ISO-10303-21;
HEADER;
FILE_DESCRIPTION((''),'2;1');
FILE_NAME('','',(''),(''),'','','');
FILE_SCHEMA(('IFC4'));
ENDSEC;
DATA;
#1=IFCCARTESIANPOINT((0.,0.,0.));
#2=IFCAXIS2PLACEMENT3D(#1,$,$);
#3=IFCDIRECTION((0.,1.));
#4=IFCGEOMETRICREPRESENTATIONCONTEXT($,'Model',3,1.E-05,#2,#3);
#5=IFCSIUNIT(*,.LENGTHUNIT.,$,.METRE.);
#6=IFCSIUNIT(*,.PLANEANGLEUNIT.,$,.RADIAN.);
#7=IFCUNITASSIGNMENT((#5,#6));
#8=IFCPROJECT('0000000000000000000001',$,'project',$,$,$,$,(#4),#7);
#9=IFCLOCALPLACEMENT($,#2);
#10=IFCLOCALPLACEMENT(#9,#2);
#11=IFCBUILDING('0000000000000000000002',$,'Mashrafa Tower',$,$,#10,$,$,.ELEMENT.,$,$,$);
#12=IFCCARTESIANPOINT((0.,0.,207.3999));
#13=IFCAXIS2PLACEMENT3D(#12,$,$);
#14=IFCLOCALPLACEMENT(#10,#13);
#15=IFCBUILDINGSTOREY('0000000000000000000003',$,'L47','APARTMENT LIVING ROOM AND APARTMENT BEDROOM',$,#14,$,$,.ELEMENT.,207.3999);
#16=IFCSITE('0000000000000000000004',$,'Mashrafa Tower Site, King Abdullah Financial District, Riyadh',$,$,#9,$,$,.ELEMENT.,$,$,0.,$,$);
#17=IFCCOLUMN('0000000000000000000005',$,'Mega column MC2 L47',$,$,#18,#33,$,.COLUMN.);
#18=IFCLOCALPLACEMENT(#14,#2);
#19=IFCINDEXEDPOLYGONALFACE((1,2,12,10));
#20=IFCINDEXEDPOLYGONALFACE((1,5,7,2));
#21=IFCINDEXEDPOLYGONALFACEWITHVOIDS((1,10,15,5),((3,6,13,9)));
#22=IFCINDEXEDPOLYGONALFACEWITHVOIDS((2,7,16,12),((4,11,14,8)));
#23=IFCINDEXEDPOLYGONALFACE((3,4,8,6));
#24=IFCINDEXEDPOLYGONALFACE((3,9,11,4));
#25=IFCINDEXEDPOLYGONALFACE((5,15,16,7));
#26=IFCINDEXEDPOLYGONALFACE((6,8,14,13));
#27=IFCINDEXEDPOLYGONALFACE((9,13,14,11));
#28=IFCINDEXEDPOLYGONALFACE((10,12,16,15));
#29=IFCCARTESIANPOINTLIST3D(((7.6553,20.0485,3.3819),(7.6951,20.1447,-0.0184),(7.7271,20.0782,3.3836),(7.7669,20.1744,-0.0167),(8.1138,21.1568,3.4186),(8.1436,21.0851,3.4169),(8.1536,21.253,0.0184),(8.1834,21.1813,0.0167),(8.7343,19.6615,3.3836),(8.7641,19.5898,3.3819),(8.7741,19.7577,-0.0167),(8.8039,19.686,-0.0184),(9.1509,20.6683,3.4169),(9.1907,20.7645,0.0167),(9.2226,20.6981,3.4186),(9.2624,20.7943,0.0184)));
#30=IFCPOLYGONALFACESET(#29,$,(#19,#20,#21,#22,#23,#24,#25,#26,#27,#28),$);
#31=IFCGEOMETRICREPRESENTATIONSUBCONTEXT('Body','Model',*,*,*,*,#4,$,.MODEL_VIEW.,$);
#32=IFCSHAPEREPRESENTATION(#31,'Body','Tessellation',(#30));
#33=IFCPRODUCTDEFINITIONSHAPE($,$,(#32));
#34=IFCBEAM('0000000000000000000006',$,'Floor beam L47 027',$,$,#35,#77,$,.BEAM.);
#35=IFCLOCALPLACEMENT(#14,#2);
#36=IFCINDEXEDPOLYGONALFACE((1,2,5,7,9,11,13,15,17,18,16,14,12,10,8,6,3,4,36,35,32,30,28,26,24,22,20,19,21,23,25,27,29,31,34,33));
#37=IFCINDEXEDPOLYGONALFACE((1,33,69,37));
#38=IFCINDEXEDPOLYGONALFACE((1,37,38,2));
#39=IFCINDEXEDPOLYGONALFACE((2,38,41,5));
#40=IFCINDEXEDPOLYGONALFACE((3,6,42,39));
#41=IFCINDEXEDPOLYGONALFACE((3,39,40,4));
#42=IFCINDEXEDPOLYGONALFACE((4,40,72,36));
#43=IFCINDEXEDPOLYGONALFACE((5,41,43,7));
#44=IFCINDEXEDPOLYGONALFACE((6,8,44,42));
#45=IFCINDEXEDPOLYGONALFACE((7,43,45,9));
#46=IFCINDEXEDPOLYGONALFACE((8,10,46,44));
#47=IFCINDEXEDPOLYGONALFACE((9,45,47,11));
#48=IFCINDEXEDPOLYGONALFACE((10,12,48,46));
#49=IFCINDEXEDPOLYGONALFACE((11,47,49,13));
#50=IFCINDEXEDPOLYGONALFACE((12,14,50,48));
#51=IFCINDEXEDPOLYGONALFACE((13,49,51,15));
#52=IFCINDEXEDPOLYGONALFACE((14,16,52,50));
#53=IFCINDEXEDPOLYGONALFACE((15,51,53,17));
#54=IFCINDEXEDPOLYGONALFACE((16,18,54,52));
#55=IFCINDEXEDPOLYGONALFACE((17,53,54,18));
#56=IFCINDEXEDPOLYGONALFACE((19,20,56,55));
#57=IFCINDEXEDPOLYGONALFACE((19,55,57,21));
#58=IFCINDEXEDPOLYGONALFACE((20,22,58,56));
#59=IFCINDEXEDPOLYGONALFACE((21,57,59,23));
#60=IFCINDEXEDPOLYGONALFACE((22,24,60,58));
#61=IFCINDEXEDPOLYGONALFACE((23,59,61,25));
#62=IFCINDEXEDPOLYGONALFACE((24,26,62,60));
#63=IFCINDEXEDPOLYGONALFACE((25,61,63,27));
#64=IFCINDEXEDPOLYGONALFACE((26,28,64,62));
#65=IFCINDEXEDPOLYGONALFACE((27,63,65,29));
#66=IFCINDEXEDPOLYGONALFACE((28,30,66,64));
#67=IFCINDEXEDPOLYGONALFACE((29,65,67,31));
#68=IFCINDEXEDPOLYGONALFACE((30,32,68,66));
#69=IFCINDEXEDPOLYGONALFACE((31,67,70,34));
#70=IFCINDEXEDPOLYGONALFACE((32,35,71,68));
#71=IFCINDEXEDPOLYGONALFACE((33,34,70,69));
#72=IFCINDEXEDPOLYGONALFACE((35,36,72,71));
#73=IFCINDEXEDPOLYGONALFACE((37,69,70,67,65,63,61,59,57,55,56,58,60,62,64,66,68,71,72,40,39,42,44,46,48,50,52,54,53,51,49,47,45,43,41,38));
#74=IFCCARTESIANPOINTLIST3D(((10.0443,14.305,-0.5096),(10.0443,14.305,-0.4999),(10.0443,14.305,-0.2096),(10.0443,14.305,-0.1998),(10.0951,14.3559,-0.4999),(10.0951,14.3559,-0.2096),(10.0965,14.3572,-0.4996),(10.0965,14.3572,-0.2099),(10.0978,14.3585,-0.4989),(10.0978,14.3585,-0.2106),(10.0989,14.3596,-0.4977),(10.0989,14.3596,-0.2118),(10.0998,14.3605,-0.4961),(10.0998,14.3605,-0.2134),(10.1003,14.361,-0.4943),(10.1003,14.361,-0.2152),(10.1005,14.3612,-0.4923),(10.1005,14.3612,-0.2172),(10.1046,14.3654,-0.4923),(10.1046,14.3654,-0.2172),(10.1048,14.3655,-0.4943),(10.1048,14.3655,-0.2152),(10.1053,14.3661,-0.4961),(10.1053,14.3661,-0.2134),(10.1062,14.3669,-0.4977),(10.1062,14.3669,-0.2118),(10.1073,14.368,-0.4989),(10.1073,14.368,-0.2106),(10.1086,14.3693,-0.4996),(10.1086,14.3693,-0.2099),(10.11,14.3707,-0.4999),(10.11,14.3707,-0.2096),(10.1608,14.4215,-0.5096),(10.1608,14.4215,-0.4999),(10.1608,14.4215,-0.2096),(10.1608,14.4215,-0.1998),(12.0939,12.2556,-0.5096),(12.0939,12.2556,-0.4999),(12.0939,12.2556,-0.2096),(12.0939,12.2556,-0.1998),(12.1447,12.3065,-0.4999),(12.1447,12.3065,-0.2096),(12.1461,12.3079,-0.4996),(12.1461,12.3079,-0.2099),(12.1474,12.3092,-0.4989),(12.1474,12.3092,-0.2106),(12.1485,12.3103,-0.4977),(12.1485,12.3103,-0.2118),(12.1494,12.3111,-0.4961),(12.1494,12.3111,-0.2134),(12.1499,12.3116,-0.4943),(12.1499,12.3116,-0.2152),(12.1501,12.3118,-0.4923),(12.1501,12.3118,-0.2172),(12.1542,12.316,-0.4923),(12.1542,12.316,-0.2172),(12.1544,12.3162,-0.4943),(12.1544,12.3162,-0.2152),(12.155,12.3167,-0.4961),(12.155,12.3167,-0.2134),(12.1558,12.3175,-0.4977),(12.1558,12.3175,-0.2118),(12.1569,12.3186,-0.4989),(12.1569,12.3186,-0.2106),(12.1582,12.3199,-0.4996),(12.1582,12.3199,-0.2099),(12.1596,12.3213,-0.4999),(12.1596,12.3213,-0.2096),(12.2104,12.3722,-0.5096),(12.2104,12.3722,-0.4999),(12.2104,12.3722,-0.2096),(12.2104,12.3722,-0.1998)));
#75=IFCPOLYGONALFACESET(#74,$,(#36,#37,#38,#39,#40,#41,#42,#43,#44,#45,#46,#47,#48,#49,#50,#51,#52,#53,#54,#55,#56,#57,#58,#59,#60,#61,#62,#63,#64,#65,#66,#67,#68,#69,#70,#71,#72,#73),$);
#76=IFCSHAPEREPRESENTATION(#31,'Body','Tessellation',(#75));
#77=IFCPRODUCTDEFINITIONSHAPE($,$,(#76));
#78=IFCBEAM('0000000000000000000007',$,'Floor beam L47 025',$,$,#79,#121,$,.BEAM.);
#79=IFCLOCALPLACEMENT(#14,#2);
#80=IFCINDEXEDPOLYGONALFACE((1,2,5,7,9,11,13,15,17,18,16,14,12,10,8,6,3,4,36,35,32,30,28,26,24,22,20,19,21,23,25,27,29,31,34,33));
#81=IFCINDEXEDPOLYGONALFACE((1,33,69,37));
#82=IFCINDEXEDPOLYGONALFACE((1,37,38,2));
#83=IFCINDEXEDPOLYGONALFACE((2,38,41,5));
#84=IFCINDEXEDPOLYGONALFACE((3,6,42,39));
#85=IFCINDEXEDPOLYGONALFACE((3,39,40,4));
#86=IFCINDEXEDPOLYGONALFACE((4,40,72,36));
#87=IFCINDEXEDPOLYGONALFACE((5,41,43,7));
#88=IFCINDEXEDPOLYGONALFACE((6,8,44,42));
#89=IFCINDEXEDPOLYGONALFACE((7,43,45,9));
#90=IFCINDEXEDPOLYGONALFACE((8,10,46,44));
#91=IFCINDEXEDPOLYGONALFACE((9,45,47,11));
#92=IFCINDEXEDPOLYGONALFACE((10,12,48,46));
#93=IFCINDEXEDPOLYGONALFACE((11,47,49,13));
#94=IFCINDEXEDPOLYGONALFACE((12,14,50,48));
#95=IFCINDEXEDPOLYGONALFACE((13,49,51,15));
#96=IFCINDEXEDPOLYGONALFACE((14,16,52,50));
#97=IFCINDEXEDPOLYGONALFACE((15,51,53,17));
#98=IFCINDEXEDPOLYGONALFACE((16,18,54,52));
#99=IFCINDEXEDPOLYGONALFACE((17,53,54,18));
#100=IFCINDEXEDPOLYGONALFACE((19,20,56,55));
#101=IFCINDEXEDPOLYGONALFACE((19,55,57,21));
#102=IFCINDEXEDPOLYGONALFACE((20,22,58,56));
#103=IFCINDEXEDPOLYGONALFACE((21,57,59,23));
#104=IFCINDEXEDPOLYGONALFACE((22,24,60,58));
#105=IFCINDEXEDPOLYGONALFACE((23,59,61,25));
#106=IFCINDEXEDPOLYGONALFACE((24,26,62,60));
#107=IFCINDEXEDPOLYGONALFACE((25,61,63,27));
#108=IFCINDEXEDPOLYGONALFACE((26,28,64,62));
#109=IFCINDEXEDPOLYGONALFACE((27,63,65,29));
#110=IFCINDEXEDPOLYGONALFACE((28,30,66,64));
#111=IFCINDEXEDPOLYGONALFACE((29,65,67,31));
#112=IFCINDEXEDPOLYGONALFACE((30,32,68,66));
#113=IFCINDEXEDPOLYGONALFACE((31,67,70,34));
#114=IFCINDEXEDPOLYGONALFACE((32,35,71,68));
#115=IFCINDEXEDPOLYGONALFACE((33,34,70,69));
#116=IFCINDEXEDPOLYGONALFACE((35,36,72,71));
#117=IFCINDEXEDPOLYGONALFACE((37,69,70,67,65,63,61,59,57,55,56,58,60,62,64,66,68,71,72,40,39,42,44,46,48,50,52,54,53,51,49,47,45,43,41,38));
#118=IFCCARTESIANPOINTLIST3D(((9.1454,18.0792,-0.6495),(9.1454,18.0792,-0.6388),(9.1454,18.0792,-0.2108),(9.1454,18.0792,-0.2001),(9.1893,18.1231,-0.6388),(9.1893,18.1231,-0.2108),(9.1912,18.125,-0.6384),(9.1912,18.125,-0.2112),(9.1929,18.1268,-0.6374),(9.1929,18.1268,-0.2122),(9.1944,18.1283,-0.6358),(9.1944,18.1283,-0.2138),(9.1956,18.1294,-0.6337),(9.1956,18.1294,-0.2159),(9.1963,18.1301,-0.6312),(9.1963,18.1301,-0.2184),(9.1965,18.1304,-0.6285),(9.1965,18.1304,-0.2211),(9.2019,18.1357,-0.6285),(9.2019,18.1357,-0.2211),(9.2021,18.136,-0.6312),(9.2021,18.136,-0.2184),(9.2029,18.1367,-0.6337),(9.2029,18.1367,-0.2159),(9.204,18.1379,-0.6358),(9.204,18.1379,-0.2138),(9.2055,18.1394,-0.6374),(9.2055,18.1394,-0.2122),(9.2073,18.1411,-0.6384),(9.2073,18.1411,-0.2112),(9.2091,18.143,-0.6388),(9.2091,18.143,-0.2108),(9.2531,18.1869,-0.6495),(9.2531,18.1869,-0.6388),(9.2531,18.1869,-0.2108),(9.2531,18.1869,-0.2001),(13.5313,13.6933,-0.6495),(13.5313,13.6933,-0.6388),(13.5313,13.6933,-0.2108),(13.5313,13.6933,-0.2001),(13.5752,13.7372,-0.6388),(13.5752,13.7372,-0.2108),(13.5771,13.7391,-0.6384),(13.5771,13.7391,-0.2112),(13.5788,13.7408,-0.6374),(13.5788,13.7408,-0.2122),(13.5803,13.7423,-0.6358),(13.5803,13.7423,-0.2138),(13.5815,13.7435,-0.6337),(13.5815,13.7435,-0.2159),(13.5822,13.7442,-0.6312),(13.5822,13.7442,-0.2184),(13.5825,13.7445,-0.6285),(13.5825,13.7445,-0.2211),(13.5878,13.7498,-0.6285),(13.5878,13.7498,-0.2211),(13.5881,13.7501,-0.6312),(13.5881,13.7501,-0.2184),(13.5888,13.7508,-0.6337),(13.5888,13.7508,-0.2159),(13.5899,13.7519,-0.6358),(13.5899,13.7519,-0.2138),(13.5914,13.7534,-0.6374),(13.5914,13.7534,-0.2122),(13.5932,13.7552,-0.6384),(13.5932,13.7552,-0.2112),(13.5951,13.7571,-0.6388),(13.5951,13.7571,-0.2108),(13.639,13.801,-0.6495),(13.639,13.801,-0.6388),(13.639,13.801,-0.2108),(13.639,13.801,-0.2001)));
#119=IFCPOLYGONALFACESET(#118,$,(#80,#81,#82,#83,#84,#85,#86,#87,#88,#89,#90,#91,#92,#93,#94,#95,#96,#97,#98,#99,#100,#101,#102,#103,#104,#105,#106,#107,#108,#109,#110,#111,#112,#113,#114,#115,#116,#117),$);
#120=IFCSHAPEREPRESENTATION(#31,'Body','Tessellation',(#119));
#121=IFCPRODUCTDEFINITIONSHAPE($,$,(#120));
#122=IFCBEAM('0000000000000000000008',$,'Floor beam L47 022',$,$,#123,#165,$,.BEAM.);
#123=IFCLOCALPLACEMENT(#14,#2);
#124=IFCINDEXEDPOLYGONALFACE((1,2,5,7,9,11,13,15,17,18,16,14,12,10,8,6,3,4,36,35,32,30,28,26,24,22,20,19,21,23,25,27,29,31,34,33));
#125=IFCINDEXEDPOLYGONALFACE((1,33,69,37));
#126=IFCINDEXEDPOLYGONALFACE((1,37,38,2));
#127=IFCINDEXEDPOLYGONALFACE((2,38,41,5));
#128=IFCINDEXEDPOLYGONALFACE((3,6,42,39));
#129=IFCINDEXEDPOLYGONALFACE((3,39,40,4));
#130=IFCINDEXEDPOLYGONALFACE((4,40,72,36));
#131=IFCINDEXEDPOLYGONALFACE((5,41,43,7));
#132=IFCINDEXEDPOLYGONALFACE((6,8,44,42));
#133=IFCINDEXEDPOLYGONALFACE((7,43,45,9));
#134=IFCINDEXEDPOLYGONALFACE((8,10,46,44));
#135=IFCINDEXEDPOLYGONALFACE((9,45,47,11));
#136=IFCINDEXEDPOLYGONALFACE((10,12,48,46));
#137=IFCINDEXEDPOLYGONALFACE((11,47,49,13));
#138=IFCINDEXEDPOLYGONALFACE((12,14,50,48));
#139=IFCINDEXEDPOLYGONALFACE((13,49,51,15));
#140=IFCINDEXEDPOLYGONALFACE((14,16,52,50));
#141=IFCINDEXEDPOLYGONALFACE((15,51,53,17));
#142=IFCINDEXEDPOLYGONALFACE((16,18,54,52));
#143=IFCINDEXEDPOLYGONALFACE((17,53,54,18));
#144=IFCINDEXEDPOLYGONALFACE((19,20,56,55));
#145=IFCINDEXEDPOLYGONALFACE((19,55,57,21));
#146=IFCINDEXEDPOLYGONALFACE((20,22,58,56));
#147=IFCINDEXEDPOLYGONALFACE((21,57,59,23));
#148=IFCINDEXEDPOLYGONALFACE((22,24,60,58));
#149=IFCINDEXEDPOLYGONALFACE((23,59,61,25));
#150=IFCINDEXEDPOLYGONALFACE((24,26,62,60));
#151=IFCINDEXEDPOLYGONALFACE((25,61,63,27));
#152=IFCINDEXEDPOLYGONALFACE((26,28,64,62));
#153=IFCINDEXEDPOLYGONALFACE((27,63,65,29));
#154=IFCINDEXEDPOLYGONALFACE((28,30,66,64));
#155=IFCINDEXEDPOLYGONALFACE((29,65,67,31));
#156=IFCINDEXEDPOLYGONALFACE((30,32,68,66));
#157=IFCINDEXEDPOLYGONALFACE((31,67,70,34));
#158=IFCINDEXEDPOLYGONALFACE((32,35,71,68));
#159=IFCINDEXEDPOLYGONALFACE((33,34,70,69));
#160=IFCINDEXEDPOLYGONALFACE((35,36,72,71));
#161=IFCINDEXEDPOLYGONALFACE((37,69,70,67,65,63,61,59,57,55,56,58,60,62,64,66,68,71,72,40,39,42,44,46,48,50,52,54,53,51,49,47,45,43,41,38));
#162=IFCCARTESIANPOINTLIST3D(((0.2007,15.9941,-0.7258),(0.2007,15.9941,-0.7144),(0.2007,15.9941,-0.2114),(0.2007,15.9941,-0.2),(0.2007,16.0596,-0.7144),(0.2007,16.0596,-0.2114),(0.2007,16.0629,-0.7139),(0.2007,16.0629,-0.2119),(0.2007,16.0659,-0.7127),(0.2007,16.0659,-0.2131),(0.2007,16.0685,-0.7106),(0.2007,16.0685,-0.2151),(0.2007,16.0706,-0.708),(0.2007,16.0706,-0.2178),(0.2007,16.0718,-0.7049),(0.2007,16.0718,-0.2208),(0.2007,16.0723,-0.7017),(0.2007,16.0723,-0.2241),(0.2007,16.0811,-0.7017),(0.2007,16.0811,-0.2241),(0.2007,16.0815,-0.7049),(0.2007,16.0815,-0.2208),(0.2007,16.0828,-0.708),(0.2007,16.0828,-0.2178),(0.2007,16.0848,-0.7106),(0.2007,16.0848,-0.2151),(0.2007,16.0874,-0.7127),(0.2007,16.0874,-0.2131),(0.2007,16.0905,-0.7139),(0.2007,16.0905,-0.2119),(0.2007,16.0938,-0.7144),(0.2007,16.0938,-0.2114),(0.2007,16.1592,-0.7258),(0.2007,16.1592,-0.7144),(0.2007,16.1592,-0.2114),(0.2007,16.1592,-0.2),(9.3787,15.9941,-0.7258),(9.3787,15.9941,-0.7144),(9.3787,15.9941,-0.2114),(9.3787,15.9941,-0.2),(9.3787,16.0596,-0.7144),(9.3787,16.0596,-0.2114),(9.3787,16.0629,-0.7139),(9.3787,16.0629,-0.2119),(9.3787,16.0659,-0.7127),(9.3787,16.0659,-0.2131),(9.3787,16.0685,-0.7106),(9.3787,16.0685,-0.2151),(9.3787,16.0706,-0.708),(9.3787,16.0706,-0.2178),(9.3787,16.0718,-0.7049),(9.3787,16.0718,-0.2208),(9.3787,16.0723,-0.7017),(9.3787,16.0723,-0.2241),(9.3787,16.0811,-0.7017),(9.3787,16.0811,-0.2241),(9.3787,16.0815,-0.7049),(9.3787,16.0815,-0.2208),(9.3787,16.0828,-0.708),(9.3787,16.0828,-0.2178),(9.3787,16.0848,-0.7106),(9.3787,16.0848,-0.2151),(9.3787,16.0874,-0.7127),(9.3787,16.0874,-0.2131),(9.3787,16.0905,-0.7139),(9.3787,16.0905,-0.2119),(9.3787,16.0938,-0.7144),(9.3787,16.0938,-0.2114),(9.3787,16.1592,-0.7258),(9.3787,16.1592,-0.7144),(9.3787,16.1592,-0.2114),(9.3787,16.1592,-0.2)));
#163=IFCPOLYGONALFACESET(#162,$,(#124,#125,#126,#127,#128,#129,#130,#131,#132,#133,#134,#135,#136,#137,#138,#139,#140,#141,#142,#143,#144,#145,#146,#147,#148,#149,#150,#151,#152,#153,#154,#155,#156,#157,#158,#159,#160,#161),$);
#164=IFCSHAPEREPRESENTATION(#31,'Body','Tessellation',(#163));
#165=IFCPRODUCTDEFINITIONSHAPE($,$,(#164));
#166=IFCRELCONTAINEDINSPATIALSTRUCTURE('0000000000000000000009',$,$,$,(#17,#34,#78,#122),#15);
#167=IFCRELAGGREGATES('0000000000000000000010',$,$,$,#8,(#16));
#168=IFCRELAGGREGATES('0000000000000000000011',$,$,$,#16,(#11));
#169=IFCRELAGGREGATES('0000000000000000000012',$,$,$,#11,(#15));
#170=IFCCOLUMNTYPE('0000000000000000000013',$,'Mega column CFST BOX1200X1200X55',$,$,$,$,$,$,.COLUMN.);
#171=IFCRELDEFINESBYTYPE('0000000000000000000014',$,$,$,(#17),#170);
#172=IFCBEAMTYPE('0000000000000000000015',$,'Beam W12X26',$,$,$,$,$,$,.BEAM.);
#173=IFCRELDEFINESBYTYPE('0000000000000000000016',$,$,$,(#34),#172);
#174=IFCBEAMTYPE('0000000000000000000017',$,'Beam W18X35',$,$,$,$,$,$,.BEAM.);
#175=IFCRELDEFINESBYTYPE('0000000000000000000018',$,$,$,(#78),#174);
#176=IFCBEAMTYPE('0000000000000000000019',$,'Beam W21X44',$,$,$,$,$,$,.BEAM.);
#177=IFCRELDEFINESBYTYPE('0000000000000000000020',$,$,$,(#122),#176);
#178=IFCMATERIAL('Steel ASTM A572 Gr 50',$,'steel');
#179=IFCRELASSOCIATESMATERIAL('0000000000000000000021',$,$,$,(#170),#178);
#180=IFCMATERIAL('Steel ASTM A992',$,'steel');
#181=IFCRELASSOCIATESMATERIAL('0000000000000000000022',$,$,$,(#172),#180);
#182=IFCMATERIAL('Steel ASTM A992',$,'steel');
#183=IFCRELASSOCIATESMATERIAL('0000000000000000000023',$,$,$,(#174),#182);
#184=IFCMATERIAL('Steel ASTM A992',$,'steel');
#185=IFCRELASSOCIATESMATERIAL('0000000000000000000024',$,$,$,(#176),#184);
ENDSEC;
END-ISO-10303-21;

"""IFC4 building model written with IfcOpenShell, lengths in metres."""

from ifc_helpers import new_model, si_unit, direction, frame, origin, origin_2d, place, context, subcontext, project, spatial, hollow_rectangle, i_section, extrude, material, material_profile, profile_set, type_object, element, save


model = new_model("IFC4")

# Units and contexts
model_context = context("Model", 3, precision=1e-05, world=origin(), true_north=direction((0.0, 1.0)))
body_context = subcontext(model_context, "Body", "Model", "MODEL_VIEW")
ifc_project = project(units=[si_unit("LENGTHUNIT", "METRE"), si_unit("PLANEANGLEUNIT", "RADIAN")], contexts=[model_context])

# Site, building, storey
site_placement = place(None, origin())
site = spatial("IfcSite", under=ifc_project, at=site_placement, Name="Mashrafa Tower Site, King Abdullah Financial District, Riyadh", CompositionType="ELEMENT", RefElevation=0.0)
building_placement = place(site_placement, origin())
building = spatial("IfcBuilding", under=site, at=building_placement, Name="Mashrafa Tower", CompositionType="ELEMENT")
storey_placement = place(building_placement, frame((0.0, 0.0, 207.3999)))
storey = spatial("IfcBuildingStorey", under=building, at=storey_placement, Name="L47", Description="APARTMENT LIVING ROOM AND APARTMENT BEDROOM", CompositionType="ELEMENT", Elevation=207.3999)

# Column
ifc_material_1 = material(Name="Steel ASTM A572 Gr 50", Category="steel")
ifc_material_profile_1 = material_profile(ifc_material_1, hollow_rectangle(XDim=1.2, YDim=1.2, WallThickness=0.0549, at=origin_2d()), Name="BOX1200X1200X55")
ifc_profile_set_1 = profile_set([ifc_material_profile_1], Name="Steel ASTM A572 Gr 50")
column_type = type_object("IfcColumnType", Name="Mega column CFST BOX1200X1200X55", PredefinedType="COLUMN", material=ifc_profile_set_1)
column_placement = place(storey_placement, frame((8.4788, 20.4695, 0.0), z_axis=(-0.011698, -0.028277, 0.999532), x_axis=(0.924045, -0.382283, 0.0)))
element("IfcColumn", 1, at=column_placement, inside=storey, type_object=column_type, Name="Mega column MC2 L47", PredefinedType="COLUMN", context=body_context, shape_type="SweptSolid", body=[
    extrude(hollow_rectangle(XDim=1.2, YDim=1.2, WallThickness=0.0549, at=origin_2d()), origin(), (0.0, 0.0, 1.0), 3.4019),
])

# Beams
ifc_material_2 = material(Name="Steel ASTM A992", Category="steel")
ifc_material_profile_2 = material_profile(ifc_material_2, i_section(OverallWidth=0.1648, OverallDepth=0.3098, WebThickness=0.0059, FlangeThickness=0.0098, FilletRadius=0.0076, at=origin_2d()), Name="W12X26")
ifc_profile_set_2 = profile_set([ifc_material_profile_2], Name="Steel ASTM A992")
beam_type_1 = type_object("IfcBeamType", Name="Beam W12X26", PredefinedType="BEAM", material=ifc_profile_set_2)
beam_1_placement = place(storey_placement, frame((10.1025, 14.3633, -0.3547), z_axis=(0.707149, -0.707065, 0.0), x_axis=(0.707065, 0.707149, 0.0)))
element("IfcBeam", 2, at=beam_1_placement, inside=storey, type_object=beam_type_1, Name="Floor beam L47 027", PredefinedType="BEAM", context=body_context, shape_type="SweptSolid", body=[
    extrude(i_section(OverallWidth=0.1648, OverallDepth=0.3098, WebThickness=0.0059, FlangeThickness=0.0098, FilletRadius=0.0076, at=origin_2d()), origin(), (0.0, 0.0, 1.0), 2.8984),
])
ifc_material_3 = material(Name="Steel ASTM A992", Category="steel")
ifc_material_profile_3 = material_profile(ifc_material_3, i_section(OverallWidth=0.1523, OverallDepth=0.4495, WebThickness=0.0076, FlangeThickness=0.0107, FilletRadius=0.0103, at=origin_2d()), Name="W18X35")
ifc_profile_set_3 = profile_set([ifc_material_profile_3], Name="Steel ASTM A992")
beam_type_2 = type_object("IfcBeamType", Name="Beam W18X35", PredefinedType="BEAM", material=ifc_profile_set_3)
beam_2_placement = place(storey_placement, frame((9.1992, 18.1331, -0.4248), z_axis=(0.707107, -0.707107, 0.0), x_axis=(0.707107, 0.707107, 0.0)))
element("IfcBeam", 3, at=beam_2_placement, inside=storey, type_object=beam_type_2, Name="Floor beam L47 025", PredefinedType="BEAM", context=body_context, shape_type="SweptSolid", body=[
    extrude(i_section(OverallWidth=0.1523, OverallDepth=0.4495, WebThickness=0.0076, FlangeThickness=0.0107, FilletRadius=0.0103, at=origin_2d()), origin(), (0.0, 0.0, 1.0), 6.2026),
])
ifc_material_4 = material(Name="Steel ASTM A992", Category="steel")
ifc_material_profile_4 = material_profile(ifc_material_4, i_section(OverallWidth=0.165, OverallDepth=0.5259, WebThickness=0.0088, FlangeThickness=0.0115, FilletRadius=0.0127, at=origin_2d()), Name="W21X44")
ifc_profile_set_4 = profile_set([ifc_material_profile_4], Name="Steel ASTM A992")
beam_type_3 = type_object("IfcBeamType", Name="Beam W21X44", PredefinedType="BEAM", material=ifc_profile_set_4)
beam_3_placement = place(storey_placement, frame((0.2007, 16.0767, -0.4629), z_axis=(1.0, 0.0, 0.0), x_axis=(0.0, 1.0, 0.0)))
element("IfcBeam", 4, at=beam_3_placement, inside=storey, type_object=beam_type_3, Name="Floor beam L47 022", PredefinedType="BEAM", context=body_context, shape_type="SweptSolid", body=[
    extrude(i_section(OverallWidth=0.165, OverallDepth=0.5259, WebThickness=0.0088, FlangeThickness=0.0115, FilletRadius=0.0127, at=origin_2d()), origin(), (0.0, 0.0, 1.0), 9.178),
])

save(model, "model.ifc")
